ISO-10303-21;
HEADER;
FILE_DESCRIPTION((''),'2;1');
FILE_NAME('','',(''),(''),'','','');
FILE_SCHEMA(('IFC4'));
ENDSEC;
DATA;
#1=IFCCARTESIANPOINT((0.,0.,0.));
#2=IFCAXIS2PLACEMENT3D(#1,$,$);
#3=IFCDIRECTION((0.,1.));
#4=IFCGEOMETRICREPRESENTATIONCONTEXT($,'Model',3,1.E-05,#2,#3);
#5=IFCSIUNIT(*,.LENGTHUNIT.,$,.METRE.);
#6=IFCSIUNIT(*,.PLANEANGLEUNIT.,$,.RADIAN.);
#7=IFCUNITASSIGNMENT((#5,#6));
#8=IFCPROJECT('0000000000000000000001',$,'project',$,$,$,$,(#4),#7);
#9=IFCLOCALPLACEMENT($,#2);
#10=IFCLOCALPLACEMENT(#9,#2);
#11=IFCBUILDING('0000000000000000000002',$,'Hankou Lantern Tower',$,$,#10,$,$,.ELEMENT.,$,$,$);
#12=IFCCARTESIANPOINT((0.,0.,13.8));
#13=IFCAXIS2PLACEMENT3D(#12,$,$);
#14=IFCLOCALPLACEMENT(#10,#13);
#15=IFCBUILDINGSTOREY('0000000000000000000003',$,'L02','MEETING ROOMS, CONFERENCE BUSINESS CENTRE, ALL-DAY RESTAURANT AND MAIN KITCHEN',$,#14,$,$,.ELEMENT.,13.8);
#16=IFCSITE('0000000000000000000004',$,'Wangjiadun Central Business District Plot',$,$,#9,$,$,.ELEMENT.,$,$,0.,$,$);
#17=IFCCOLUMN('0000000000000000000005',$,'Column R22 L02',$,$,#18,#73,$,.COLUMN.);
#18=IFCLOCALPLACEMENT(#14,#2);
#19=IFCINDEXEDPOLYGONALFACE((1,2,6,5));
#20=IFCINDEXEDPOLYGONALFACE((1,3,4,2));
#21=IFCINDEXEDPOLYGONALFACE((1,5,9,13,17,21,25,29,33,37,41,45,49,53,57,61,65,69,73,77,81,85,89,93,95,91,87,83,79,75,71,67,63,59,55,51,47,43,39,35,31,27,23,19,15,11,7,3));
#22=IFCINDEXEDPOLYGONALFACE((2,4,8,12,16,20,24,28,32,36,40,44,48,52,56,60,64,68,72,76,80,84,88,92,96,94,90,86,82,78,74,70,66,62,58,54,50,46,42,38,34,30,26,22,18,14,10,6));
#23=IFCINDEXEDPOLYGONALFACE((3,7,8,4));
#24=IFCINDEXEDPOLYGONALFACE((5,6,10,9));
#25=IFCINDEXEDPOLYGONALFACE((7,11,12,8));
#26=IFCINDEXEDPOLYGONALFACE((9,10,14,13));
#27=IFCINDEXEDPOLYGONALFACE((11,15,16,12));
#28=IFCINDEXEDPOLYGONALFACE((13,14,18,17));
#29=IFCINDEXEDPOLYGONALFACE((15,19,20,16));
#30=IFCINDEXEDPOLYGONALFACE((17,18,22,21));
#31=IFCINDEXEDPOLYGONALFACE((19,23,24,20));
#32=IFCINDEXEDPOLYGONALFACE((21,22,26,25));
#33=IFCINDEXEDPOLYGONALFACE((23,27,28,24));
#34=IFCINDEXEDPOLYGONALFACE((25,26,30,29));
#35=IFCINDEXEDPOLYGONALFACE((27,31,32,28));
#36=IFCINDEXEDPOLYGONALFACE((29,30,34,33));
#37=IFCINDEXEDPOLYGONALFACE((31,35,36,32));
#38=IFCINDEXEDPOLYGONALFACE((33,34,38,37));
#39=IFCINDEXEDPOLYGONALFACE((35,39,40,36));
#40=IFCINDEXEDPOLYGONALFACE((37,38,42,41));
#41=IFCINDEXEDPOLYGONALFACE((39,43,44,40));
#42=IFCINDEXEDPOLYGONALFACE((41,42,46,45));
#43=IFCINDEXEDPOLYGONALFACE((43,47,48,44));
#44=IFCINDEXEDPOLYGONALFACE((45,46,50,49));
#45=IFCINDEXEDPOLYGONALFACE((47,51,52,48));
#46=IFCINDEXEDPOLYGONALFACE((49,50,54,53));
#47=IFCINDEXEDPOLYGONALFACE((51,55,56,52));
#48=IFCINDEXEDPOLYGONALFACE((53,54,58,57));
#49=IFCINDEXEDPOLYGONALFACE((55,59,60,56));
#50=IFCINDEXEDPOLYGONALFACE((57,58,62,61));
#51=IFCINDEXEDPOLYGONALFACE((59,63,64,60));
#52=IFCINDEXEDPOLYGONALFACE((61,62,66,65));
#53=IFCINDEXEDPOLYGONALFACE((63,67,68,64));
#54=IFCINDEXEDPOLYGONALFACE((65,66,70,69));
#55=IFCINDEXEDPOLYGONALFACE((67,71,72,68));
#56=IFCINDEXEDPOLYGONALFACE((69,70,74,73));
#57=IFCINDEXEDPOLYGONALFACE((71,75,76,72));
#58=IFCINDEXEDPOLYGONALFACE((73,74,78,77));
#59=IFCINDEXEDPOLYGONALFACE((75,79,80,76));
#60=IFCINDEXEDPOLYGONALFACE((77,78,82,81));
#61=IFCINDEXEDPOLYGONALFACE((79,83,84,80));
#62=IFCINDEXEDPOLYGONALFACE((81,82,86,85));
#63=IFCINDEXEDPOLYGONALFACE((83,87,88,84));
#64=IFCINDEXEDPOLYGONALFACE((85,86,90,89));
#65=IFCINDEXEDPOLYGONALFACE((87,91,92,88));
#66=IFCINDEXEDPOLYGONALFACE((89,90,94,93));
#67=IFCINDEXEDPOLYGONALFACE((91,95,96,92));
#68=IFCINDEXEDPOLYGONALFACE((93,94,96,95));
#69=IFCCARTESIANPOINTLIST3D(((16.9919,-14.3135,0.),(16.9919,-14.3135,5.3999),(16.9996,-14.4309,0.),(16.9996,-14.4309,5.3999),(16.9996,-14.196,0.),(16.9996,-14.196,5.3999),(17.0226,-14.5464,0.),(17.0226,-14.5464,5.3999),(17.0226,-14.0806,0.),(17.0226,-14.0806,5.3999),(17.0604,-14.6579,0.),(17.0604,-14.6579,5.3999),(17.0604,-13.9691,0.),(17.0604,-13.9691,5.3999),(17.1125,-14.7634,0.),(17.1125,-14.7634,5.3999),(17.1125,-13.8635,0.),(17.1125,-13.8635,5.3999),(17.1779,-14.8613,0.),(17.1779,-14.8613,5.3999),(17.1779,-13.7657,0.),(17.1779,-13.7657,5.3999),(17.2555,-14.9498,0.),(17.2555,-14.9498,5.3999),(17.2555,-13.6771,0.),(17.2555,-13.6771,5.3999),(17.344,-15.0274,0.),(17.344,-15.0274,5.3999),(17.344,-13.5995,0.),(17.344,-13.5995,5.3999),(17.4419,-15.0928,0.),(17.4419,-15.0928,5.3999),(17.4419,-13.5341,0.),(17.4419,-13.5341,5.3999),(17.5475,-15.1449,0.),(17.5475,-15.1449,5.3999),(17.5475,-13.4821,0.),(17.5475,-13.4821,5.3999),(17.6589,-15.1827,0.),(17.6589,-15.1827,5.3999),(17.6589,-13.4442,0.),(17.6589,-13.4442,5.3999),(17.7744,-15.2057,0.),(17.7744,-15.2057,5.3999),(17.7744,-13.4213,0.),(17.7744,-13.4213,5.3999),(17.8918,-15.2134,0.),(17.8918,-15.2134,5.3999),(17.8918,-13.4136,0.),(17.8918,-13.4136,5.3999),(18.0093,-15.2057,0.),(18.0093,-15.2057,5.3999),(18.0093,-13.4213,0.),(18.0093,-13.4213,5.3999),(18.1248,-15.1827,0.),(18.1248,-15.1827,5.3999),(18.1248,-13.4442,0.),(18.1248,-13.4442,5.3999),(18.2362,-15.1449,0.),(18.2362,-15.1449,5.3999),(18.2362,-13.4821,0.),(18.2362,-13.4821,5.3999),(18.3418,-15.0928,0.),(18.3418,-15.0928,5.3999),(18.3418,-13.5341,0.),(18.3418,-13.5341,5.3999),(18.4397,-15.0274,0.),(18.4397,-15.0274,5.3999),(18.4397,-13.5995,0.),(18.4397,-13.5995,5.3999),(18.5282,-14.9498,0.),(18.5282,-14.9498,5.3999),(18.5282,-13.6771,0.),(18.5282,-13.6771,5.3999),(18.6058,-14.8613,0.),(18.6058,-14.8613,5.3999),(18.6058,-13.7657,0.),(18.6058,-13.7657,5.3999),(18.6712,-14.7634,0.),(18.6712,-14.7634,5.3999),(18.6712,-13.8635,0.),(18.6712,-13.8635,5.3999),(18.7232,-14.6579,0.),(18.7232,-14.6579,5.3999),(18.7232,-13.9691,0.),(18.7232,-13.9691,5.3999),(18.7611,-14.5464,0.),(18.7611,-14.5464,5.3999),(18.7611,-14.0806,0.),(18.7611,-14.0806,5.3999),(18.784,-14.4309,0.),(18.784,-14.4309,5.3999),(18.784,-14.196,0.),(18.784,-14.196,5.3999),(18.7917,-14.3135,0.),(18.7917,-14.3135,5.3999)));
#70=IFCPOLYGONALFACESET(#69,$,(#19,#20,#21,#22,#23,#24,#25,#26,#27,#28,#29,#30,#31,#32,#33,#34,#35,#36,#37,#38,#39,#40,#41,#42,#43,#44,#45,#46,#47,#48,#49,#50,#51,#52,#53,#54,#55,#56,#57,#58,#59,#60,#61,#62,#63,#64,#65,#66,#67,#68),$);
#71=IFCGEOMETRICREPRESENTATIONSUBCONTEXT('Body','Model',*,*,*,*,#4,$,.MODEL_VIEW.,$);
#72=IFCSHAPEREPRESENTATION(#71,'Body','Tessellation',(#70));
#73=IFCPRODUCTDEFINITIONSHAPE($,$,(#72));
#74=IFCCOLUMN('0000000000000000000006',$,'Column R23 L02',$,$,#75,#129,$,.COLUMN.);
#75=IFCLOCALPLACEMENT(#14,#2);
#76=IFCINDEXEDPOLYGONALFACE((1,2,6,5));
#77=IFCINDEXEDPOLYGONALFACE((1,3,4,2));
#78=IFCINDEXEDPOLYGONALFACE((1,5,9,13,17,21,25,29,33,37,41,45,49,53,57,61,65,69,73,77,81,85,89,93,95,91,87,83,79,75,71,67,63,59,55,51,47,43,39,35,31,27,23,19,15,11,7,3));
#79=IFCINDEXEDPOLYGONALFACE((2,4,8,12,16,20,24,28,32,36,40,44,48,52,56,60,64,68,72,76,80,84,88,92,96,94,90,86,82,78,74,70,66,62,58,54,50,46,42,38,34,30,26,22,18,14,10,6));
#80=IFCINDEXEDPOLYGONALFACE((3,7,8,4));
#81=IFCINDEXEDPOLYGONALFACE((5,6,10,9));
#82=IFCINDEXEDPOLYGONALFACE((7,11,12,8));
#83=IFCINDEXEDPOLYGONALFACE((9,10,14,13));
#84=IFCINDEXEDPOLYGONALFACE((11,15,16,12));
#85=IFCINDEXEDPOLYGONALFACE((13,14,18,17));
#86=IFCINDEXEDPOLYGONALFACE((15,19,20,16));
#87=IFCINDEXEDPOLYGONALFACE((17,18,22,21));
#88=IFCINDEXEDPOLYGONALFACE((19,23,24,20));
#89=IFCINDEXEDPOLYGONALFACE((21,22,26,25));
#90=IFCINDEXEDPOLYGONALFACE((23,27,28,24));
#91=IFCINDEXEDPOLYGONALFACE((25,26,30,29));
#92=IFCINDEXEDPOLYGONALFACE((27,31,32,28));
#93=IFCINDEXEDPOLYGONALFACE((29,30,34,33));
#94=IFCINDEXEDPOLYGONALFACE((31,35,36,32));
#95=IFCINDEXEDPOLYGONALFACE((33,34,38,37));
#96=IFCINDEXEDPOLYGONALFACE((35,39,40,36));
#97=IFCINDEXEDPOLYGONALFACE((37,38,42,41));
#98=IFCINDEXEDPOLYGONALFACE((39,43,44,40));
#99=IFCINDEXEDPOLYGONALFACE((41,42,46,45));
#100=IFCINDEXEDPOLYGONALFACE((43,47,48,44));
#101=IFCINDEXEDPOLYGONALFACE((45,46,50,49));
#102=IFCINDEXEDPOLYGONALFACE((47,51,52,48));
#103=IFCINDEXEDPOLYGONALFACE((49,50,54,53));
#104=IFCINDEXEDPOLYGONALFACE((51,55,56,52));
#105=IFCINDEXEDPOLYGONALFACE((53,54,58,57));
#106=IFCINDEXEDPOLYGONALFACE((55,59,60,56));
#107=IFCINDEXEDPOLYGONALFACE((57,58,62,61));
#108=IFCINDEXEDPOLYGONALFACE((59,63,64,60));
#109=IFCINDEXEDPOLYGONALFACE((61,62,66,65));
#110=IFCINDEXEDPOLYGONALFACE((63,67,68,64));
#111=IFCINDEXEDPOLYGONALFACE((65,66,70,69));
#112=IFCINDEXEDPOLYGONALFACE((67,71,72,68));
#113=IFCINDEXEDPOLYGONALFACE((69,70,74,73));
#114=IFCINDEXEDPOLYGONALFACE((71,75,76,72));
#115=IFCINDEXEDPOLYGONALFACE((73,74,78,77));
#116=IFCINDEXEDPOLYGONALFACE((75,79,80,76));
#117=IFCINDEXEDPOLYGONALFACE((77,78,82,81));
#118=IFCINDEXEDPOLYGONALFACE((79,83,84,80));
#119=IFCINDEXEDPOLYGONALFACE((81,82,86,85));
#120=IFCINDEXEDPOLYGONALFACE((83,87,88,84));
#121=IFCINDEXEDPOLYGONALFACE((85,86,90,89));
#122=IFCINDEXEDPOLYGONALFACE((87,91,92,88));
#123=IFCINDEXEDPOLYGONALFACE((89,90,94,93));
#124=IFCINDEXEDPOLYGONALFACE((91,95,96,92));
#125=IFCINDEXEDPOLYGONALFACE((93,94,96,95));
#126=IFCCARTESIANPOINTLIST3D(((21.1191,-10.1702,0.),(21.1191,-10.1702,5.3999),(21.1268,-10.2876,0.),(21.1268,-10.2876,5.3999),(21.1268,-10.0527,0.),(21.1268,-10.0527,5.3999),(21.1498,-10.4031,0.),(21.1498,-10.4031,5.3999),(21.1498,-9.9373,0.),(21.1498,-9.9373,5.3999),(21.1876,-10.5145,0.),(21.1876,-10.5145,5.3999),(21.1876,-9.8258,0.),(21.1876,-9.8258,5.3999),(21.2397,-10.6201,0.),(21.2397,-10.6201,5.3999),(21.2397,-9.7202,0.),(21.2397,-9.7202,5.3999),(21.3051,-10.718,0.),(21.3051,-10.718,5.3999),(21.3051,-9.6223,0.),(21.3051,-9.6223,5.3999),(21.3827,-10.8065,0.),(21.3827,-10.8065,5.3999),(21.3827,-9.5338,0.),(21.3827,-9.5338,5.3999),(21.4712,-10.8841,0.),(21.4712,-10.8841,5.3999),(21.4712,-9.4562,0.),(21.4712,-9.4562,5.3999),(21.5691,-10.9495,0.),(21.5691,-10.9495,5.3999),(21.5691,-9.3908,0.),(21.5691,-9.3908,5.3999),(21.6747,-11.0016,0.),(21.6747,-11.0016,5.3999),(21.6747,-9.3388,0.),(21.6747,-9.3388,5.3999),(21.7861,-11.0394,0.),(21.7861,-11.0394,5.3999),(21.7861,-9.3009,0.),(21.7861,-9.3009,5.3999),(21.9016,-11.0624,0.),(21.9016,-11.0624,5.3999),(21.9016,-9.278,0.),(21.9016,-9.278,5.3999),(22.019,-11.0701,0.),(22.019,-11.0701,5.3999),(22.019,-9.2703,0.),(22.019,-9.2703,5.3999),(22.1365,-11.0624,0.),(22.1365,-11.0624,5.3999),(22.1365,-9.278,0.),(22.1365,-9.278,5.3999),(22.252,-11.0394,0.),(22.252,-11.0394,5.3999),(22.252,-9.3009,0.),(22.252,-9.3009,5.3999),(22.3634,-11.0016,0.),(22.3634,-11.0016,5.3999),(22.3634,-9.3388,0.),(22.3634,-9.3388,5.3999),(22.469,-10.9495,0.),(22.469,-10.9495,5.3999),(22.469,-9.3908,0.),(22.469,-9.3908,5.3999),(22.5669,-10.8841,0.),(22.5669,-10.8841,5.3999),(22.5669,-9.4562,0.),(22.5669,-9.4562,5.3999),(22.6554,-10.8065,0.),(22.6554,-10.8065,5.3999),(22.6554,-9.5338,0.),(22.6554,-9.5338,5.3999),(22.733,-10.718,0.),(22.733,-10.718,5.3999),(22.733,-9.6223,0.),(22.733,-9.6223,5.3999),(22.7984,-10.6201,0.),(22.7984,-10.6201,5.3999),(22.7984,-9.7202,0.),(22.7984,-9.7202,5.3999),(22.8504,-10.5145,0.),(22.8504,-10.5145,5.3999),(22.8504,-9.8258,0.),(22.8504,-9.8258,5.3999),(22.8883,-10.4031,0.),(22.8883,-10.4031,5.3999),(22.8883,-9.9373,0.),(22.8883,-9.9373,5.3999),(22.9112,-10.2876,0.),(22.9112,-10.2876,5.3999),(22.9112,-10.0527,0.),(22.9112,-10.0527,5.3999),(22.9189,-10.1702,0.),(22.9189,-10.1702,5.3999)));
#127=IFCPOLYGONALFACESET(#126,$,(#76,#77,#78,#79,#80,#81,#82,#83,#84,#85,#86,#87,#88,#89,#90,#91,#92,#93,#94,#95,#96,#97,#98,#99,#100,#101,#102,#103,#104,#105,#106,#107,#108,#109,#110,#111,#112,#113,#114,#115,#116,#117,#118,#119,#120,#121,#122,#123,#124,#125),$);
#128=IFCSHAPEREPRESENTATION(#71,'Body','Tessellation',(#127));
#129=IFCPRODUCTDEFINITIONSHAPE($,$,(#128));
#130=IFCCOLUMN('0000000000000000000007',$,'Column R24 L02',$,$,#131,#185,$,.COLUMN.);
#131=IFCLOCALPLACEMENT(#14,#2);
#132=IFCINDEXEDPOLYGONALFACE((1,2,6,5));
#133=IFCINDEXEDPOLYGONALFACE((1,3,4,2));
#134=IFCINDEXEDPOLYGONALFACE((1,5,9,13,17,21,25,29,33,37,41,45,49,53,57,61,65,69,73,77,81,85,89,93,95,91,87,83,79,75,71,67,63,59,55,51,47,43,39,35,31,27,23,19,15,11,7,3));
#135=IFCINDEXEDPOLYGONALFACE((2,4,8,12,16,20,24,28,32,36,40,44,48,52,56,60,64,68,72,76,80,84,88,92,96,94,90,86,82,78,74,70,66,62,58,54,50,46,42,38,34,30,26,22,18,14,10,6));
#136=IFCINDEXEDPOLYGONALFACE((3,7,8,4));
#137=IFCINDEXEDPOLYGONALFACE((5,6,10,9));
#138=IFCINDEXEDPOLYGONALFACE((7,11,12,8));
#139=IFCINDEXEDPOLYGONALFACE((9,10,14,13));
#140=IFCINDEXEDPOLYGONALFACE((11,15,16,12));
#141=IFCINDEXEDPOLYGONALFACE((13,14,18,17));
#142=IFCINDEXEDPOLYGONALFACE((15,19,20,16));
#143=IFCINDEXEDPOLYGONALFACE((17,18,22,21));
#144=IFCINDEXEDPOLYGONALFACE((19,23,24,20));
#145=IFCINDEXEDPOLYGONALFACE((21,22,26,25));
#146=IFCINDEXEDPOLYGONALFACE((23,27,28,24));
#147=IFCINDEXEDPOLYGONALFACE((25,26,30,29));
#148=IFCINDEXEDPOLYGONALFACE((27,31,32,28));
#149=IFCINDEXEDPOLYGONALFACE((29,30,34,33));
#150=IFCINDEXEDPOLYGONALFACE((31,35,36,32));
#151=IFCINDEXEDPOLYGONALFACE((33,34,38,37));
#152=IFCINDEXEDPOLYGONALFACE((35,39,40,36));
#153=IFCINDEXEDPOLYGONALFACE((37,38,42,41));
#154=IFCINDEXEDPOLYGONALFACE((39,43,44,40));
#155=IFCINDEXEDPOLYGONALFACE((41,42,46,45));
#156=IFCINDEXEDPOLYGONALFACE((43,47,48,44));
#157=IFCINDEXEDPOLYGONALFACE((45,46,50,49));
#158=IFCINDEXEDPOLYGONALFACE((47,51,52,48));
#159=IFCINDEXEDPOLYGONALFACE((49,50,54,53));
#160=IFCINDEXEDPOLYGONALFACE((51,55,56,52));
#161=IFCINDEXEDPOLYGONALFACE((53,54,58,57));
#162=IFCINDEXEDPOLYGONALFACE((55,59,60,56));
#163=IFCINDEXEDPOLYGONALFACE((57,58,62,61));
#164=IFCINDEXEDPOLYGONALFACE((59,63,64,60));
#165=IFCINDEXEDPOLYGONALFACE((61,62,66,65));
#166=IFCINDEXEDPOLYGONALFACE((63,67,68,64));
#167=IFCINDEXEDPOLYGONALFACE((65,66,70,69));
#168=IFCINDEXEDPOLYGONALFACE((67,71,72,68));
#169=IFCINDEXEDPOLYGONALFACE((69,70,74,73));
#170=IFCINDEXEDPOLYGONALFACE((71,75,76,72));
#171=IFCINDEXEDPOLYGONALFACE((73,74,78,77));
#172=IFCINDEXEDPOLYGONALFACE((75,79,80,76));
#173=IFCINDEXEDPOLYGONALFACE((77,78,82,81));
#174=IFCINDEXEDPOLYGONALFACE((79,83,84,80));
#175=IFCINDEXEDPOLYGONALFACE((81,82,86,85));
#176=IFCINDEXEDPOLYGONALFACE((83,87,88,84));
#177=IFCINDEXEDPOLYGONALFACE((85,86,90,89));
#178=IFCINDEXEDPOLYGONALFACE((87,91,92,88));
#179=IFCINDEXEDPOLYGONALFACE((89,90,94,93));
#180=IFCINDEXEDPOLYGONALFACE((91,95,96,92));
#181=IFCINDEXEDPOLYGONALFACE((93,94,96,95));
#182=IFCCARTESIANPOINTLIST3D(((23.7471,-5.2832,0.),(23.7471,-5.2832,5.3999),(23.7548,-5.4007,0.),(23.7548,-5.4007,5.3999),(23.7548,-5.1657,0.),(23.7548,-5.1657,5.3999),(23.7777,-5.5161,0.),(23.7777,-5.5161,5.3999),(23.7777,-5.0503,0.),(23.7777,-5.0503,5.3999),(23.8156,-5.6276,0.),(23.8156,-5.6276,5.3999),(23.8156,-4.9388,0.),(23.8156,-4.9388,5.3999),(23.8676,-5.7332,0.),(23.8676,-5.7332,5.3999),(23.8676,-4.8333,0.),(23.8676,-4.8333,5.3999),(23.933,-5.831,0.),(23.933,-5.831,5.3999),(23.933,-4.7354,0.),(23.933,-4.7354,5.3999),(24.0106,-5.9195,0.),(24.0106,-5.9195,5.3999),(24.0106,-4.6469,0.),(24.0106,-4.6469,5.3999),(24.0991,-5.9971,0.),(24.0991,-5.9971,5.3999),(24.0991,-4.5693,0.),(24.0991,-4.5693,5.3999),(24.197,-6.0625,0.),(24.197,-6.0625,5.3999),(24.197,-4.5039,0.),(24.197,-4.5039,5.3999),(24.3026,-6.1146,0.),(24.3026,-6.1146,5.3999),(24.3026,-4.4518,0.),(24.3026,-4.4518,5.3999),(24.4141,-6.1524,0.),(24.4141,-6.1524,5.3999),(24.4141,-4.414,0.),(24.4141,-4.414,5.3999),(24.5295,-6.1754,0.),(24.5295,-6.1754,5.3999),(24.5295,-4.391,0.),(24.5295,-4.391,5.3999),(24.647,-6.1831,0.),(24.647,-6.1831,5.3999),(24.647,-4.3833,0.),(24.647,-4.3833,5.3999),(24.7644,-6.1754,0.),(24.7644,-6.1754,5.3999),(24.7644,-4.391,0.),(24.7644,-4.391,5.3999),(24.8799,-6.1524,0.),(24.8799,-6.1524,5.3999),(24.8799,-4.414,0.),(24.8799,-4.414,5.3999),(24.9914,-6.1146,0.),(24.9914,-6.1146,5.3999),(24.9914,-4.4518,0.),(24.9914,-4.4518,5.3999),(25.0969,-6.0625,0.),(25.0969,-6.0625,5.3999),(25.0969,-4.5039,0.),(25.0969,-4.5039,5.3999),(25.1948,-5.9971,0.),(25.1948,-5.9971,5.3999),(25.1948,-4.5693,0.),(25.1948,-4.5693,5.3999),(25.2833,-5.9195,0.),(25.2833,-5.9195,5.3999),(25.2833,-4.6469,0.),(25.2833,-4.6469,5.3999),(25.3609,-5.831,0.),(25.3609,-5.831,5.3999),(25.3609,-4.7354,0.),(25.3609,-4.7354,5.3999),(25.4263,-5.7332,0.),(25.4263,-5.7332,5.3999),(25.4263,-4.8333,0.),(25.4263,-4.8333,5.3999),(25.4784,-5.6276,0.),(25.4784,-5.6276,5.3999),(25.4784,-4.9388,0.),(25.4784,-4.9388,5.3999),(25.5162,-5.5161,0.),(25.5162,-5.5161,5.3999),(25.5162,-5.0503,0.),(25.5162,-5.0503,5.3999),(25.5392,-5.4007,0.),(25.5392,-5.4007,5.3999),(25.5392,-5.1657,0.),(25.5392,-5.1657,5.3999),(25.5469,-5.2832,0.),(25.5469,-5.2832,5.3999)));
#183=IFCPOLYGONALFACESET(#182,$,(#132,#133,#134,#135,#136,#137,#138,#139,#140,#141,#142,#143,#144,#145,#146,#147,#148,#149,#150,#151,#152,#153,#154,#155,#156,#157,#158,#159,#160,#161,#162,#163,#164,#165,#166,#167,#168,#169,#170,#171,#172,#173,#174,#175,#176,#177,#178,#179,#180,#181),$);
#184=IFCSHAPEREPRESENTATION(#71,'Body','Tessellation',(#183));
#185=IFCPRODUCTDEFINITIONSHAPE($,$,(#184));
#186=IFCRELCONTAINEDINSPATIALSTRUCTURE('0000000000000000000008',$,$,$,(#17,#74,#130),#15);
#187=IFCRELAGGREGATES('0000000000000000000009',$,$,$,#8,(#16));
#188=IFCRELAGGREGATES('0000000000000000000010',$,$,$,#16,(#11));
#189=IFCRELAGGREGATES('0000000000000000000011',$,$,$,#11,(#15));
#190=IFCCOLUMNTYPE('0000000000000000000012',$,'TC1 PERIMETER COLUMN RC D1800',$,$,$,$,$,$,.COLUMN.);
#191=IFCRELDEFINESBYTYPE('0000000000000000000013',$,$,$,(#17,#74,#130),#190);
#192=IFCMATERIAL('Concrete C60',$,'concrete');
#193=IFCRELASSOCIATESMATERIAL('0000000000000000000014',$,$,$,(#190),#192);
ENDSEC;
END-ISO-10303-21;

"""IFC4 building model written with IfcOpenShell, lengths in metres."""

from ifc_helpers import new_model, si_unit, direction, frame, origin, origin_2d, place, context, subcontext, project, spatial, circle, extrude, material, material_profile, profile_set, type_object, element, save


model = new_model("IFC4")

# Units and contexts
model_context = context("Model", 3, precision=1e-05, world=origin(), true_north=direction((0.0, 1.0)))
body_context = subcontext(model_context, "Body", "Model", "MODEL_VIEW")
ifc_project = project(units=[si_unit("LENGTHUNIT", "METRE"), si_unit("PLANEANGLEUNIT", "RADIAN")], contexts=[model_context])

# Site, building, storey
site_placement = place(None, origin())
site = spatial("IfcSite", under=ifc_project, at=site_placement, Name="Wangjiadun Central Business District Plot", CompositionType="ELEMENT", RefElevation=0.0)
building_placement = place(site_placement, origin())
building = spatial("IfcBuilding", under=site, at=building_placement, Name="Hankou Lantern Tower", CompositionType="ELEMENT")
storey_placement = place(building_placement, frame((0.0, 0.0, 13.8)))
storey = spatial("IfcBuildingStorey", under=building, at=storey_placement, Name="L02", Description="MEETING ROOMS, CONFERENCE BUSINESS CENTRE, ALL-DAY RESTAURANT AND MAIN KITCHEN", CompositionType="ELEMENT", Elevation=13.8)

# Columns
ifc_material_1 = material(Name="Concrete C60", Category="concrete")
ifc_material_profile_1 = material_profile(ifc_material_1, circle(Radius=0.8999, at=origin_2d()), Name="RC D1800")
ifc_profile_set_1 = profile_set([ifc_material_profile_1], Name="Concrete C60")
column_type = type_object("IfcColumnType", Name="TC1 PERIMETER COLUMN RC D1800", PredefinedType="COLUMN", material=ifc_profile_set_1)
for number, where, z_axis, x_axis, name in (
    (1, (17.8918, -14.3135, 0.0), (0.0, 0.0, 1.0), (1.0, 0.0, 0.0), "Column R22 L02"),
    (2, (22.019, -10.1702, 0.0), (0.0, 0.0, 1.0), (1.0, 0.0, 0.0), "Column R23 L02"),
    (3, (24.647, -5.2832, 0.0), (0.0, 0.0, 1.0), (1.0, 0.0, 0.0), "Column R24 L02"),
):
    element("IfcColumn", number, at=place(storey_placement, frame(where, z_axis=z_axis, x_axis=x_axis)), inside=storey, type_object=column_type, Name=name, PredefinedType="COLUMN", context=body_context, shape_type="SweptSolid", body=[
        extrude(circle(Radius=0.8999, at=origin_2d()), origin(), (0.0, 0.0, 1.0), 5.3999),
    ])

save(model, "model.ifc")
